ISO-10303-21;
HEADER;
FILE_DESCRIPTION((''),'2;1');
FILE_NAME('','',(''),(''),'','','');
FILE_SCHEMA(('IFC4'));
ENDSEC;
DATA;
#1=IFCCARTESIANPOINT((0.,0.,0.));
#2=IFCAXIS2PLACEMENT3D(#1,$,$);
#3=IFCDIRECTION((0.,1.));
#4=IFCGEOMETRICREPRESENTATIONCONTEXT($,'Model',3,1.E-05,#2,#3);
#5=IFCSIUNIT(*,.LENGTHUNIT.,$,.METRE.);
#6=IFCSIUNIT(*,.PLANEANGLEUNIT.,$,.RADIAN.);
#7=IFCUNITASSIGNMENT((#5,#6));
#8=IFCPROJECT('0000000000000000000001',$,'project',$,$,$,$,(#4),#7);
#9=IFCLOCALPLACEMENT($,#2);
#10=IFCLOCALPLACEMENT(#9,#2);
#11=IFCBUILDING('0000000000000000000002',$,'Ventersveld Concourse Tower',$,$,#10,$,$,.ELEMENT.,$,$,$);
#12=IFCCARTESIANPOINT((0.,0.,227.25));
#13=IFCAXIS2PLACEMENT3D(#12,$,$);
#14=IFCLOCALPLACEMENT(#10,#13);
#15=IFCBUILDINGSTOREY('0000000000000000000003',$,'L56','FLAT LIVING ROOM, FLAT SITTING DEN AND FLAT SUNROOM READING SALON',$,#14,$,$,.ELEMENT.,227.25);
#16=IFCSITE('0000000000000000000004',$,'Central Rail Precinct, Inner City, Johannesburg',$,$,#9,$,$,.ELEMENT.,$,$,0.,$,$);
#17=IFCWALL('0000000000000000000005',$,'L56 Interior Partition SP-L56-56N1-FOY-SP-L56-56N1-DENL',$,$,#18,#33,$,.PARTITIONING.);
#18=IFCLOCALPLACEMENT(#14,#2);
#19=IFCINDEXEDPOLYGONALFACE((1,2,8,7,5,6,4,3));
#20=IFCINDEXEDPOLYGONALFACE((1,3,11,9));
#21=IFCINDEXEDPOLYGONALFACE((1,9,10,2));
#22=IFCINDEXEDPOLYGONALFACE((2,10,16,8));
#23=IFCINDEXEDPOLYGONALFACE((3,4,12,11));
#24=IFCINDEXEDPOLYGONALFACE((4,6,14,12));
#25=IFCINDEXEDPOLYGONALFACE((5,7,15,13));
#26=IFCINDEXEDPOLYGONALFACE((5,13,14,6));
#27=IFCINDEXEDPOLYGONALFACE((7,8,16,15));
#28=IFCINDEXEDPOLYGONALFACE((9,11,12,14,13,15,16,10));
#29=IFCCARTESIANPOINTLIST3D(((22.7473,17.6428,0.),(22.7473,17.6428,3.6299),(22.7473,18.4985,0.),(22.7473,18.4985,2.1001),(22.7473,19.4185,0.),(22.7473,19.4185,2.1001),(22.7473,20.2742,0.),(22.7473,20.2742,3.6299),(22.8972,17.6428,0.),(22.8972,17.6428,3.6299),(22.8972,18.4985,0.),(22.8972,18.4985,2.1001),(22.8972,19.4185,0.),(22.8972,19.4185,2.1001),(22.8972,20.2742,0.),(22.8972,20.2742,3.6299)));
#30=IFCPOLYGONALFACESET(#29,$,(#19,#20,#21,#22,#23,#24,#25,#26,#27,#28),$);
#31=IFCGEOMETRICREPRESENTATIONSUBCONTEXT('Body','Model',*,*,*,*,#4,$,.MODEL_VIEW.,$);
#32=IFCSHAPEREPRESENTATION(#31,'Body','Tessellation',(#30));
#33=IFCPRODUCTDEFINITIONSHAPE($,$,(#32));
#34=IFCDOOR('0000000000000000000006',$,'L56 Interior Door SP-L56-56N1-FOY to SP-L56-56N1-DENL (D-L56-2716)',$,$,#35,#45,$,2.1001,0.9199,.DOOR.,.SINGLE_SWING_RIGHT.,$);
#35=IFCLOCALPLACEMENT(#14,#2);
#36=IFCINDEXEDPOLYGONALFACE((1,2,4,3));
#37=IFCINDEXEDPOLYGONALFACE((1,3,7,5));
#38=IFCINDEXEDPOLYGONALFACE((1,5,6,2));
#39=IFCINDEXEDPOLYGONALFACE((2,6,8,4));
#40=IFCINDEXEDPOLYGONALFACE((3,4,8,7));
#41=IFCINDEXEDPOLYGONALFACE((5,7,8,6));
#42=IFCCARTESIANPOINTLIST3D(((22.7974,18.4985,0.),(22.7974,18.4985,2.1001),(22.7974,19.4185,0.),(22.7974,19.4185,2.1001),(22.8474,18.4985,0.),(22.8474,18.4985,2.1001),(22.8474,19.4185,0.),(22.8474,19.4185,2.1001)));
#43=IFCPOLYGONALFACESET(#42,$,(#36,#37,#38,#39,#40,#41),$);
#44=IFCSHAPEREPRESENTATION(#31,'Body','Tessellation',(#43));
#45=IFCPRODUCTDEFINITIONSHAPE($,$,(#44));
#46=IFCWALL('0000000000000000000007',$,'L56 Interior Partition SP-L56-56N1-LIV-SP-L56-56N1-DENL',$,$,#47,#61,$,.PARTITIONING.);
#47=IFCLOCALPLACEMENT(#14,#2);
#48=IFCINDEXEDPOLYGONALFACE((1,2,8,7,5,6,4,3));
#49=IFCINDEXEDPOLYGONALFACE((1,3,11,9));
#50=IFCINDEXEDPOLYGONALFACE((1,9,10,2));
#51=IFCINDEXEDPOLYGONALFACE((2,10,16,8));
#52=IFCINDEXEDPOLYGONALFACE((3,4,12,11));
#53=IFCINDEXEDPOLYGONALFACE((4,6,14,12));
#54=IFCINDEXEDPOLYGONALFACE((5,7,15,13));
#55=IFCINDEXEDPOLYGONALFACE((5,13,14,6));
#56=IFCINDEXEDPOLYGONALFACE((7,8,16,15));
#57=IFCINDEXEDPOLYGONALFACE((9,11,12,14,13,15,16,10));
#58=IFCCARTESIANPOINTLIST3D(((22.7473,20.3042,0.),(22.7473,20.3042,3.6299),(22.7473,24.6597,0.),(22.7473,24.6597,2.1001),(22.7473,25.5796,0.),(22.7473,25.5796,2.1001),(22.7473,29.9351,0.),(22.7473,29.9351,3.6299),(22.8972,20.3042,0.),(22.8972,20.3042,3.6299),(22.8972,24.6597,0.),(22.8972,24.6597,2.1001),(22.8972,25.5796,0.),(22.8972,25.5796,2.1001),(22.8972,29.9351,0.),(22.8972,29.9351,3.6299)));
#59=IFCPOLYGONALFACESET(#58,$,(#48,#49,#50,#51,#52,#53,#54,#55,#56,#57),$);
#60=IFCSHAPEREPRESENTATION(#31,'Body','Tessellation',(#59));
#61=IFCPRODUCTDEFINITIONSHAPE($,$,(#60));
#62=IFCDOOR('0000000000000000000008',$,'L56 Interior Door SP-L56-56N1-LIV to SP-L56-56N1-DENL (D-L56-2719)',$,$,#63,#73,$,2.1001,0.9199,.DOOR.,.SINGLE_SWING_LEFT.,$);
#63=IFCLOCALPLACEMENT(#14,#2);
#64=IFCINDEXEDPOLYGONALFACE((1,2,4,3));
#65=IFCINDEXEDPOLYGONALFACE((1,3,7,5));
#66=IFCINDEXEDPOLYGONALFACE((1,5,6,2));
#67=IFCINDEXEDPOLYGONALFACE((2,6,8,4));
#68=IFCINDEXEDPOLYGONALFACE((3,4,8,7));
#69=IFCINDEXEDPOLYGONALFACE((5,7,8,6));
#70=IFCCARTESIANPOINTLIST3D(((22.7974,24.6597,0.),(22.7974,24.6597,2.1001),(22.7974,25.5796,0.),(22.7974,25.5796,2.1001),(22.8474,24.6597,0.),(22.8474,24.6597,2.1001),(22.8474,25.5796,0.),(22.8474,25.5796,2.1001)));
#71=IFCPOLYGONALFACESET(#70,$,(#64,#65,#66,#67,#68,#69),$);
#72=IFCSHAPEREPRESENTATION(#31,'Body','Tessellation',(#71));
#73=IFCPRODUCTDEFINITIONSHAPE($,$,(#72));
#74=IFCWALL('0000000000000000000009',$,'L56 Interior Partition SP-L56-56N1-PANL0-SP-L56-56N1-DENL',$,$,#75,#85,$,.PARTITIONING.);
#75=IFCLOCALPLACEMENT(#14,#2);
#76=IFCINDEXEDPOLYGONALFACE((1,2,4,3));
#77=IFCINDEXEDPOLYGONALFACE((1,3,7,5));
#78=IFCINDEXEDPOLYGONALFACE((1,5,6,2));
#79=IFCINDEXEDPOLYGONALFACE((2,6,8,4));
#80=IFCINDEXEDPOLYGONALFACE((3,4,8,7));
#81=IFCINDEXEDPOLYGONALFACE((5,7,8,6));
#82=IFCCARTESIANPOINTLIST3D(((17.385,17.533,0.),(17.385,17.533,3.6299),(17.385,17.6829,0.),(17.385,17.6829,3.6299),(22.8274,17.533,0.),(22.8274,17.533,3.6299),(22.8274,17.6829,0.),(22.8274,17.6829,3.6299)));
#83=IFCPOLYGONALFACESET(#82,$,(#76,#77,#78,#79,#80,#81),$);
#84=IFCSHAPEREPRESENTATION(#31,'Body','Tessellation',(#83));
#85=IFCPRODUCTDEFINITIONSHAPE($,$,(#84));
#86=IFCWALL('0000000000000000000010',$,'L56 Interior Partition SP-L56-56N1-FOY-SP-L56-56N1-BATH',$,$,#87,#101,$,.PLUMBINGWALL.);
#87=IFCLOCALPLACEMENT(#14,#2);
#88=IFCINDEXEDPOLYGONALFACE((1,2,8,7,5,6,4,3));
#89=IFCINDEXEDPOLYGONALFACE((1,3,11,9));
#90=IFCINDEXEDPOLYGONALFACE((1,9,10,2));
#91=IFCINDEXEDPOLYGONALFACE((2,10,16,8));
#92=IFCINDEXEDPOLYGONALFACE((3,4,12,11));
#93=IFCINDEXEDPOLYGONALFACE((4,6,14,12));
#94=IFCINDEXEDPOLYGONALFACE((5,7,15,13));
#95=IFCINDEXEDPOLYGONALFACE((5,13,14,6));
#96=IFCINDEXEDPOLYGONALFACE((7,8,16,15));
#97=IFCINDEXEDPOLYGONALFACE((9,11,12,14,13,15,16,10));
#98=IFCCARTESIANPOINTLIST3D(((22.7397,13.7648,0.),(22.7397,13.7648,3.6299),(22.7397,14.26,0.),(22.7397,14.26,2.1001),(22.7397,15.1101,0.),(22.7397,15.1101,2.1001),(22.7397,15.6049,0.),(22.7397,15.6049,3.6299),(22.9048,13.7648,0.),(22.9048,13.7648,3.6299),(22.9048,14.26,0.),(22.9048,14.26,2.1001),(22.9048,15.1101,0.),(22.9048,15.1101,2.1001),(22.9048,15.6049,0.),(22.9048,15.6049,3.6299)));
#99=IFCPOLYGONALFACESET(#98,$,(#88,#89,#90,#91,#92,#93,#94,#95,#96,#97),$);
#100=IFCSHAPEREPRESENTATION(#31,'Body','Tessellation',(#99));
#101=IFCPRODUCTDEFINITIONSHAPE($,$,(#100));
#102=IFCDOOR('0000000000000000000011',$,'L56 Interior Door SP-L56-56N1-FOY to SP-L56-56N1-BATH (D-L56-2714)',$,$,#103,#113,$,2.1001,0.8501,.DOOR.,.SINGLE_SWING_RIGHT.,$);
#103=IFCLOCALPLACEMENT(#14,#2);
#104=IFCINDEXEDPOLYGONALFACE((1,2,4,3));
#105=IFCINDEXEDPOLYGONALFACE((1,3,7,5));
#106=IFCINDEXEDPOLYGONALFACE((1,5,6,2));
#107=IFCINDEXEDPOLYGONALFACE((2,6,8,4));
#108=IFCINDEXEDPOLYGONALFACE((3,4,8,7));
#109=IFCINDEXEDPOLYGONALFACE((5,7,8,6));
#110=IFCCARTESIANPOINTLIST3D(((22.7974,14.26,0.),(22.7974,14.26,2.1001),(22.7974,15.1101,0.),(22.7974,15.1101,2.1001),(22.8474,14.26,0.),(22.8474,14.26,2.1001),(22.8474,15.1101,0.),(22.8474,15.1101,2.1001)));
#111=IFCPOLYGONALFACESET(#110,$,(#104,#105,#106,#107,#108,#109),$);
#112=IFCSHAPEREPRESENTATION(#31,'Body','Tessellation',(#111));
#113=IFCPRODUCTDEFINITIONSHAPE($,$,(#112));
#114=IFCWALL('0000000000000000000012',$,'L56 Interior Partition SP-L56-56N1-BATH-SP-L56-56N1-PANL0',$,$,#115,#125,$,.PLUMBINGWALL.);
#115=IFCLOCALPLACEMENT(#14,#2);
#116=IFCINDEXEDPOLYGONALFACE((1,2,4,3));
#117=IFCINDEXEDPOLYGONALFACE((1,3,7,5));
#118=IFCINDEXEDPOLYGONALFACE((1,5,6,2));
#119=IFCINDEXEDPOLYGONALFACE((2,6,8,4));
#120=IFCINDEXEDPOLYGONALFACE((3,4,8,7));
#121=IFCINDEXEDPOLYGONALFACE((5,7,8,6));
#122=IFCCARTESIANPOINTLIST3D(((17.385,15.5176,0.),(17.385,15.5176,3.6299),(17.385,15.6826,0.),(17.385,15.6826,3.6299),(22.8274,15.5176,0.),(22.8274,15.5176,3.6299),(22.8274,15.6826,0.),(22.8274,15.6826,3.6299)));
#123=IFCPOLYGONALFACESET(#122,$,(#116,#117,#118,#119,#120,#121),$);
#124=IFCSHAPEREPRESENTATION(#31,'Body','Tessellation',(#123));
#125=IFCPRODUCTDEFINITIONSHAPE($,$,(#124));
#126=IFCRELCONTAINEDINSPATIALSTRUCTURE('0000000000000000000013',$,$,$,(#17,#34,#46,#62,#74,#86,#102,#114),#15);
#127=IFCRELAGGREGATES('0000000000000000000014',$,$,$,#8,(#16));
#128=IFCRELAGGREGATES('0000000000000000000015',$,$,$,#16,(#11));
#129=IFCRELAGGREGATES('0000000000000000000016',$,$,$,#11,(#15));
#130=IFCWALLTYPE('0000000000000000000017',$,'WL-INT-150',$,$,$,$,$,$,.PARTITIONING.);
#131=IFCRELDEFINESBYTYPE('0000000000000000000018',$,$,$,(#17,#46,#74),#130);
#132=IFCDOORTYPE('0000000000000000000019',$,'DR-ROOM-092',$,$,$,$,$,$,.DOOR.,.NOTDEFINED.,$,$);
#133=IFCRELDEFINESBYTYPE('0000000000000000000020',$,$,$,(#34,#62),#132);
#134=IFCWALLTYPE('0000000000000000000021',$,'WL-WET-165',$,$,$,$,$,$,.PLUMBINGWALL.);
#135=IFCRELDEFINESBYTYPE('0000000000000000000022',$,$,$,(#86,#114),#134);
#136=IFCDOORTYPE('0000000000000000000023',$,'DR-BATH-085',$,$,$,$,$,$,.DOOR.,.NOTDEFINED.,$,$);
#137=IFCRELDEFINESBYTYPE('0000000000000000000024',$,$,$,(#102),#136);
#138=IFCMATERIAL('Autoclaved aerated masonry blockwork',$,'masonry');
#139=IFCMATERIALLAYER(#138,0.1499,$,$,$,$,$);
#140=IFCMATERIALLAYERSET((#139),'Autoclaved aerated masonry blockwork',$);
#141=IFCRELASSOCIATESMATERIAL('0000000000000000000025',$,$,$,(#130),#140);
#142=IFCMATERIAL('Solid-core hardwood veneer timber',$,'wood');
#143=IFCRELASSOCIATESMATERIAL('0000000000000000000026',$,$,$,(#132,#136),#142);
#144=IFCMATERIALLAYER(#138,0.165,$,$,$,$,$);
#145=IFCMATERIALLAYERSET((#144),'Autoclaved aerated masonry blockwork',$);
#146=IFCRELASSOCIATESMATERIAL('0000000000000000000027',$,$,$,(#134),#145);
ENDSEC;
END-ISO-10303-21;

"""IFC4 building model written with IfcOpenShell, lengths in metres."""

from ifc_helpers import new_model, si_unit, direction, frame, frame_2d, origin, place, context, subcontext, project, spatial, rectangle, extrude, material, layer, layer_set, type_object, element, fill, save


model = new_model("IFC4")

# Units and contexts
model_context = context("Model", 3, precision=1e-05, world=origin(), true_north=direction((0.0, 1.0)))
body_context = subcontext(model_context, "Body", "Model", "MODEL_VIEW")
ifc_project = project(units=[si_unit("LENGTHUNIT", "METRE"), si_unit("PLANEANGLEUNIT", "RADIAN")], contexts=[model_context])

# Site, building, storey
site_placement = place(None, origin())
site = spatial("IfcSite", under=ifc_project, at=site_placement, Name="Central Rail Precinct, Inner City, Johannesburg", CompositionType="ELEMENT", RefElevation=0.0)
building_placement = place(site_placement, origin())
building = spatial("IfcBuilding", under=site, at=building_placement, Name="Ventersveld Concourse Tower", CompositionType="ELEMENT")
storey_placement = place(building_placement, frame((0.0, 0.0, 227.25)))
storey = spatial("IfcBuildingStorey", under=building, at=storey_placement, Name="L56", Description="FLAT LIVING ROOM, FLAT SITTING DEN AND FLAT SUNROOM READING SALON", CompositionType="ELEMENT", Elevation=227.25)

# Shared definitions
ifc_material_1 = material(Name="Solid-core hardwood veneer timber", Category="wood")

# Walls, openings, doors
ifc_material_2 = material(Name="Autoclaved aerated masonry blockwork", Category="masonry")
ifc_layer_1 = layer(ifc_material_2, 0.1499)
ifc_layer_set_1 = layer_set([ifc_layer_1], Name="Autoclaved aerated masonry blockwork")
wall_type_1 = type_object("IfcWallType", Name="WL-INT-150", PredefinedType="PARTITIONING", material=ifc_layer_set_1)
door_type_1 = type_object("IfcDoorType", Name="DR-ROOM-092", OperationType="NOTDEFINED", PredefinedType="DOOR", material=ifc_material_1)
wall_1_placement = place(storey_placement, frame((22.8223, 17.6428, 0.0), z_axis=(0.0, 0.0, 1.0), x_axis=(0.0, 1.0, 0.0)))
wall_1 = element("IfcWall", 1, at=wall_1_placement, inside=storey, type_object=wall_type_1, Name="L56 Interior Partition SP-L56-56N1-FOY-SP-L56-56N1-DENL", PredefinedType="PARTITIONING", context=body_context, shape_type="SweptSolid", body=[
    extrude(rectangle(XDim=2.6313, YDim=0.1499, at=frame_2d((1.3157, 0.0))), origin(), (0.0, 0.0, 1.0), 3.6299),
])
opening_1_placement = place(wall_1_placement, frame((0.8557, 0.0, 0.0)))
opening_1 = element("IfcOpeningElement", 2, at=opening_1_placement, cuts=wall_1, PredefinedType="OPENING", context=body_context, shape_type="SweptSolid", body=[
    extrude(rectangle(XDim=0.9199, YDim=2.1001, at=frame_2d((0.46, 1.05))), frame((0.0, 0.085, 0.0), z_axis=(0.0, -1.0, 0.0), x_axis=(1.0, 0.0, 0.0)), (0.0, 0.0, 1.0), 0.1699),
])
door_1_placement = place(opening_1_placement, origin())
door_1 = element("IfcDoor", 3, at=door_1_placement, inside=storey, type_object=door_type_1, Name="L56 Interior Door SP-L56-56N1-FOY to SP-L56-56N1-DENL (D-L56-2716)", OperationType="SINGLE_SWING_RIGHT", OverallHeight=2.1001, OverallWidth=0.9199, PredefinedType="DOOR", context=body_context, shape_type="SweptSolid", body=[
    extrude(rectangle(XDim=0.9199, YDim=2.1001, at=frame_2d((0.46, 1.05))), frame((0.0, 0.0249, 0.0), z_axis=(0.0, -1.0, 0.0), x_axis=(1.0, 0.0, 0.0)), (0.0, 0.0, 1.0), 0.05),
])
fill(opening_1, door_1)
wall_2_placement = place(storey_placement, frame((22.8223, 20.3042, 0.0), z_axis=(0.0, 0.0, 1.0), x_axis=(0.0, 1.0, 0.0)))
wall_2 = element("IfcWall", 4, at=wall_2_placement, inside=storey, type_object=wall_type_1, Name="L56 Interior Partition SP-L56-56N1-LIV-SP-L56-56N1-DENL", PredefinedType="PARTITIONING", context=body_context, shape_type="SweptSolid", body=[
    extrude(rectangle(XDim=9.6309, YDim=0.1499, at=frame_2d((4.8154, 0.0))), origin(), (0.0, 0.0, 1.0), 3.6299),
])
opening_2_placement = place(wall_2_placement, frame((4.3555, 0.0, 0.0)))
opening_2 = element("IfcOpeningElement", 5, at=opening_2_placement, cuts=wall_2, PredefinedType="OPENING", context=body_context, shape_type="SweptSolid", body=[
    extrude(rectangle(XDim=0.9199, YDim=2.1001, at=frame_2d((0.46, 1.05))), frame((0.0, 0.085, 0.0), z_axis=(0.0, -1.0, 0.0), x_axis=(1.0, 0.0, 0.0)), (0.0, 0.0, 1.0), 0.1699),
])
door_2_placement = place(opening_2_placement, origin())
door_2 = element("IfcDoor", 6, at=door_2_placement, inside=storey, type_object=door_type_1, Name="L56 Interior Door SP-L56-56N1-LIV to SP-L56-56N1-DENL (D-L56-2719)", OperationType="SINGLE_SWING_LEFT", OverallHeight=2.1001, OverallWidth=0.9199, PredefinedType="DOOR", context=body_context, shape_type="SweptSolid", body=[
    extrude(rectangle(XDim=0.9199, YDim=2.1001, at=frame_2d((0.46, 1.05))), frame((0.0, 0.0249, 0.0), z_axis=(0.0, -1.0, 0.0), x_axis=(1.0, 0.0, 0.0)), (0.0, 0.0, 1.0), 0.05),
])
fill(opening_2, door_2)

# Wall
wall_3_placement = place(storey_placement, frame((17.385, 17.6079, 0.0), z_axis=(0.0, 0.0, 1.0), x_axis=(1.0, 0.0, 0.0)))
element("IfcWall", 7, at=wall_3_placement, inside=storey, type_object=wall_type_1, Name="L56 Interior Partition SP-L56-56N1-PANL0-SP-L56-56N1-DENL", PredefinedType="PARTITIONING", context=body_context, shape_type="SweptSolid", body=[
    extrude(rectangle(XDim=5.4424, YDim=0.1499, at=frame_2d((2.7212, 0.0))), origin(), (0.0, 0.0, 1.0), 3.6299),
])

# Wall, opening, door
ifc_layer_2 = layer(ifc_material_2, 0.165)
ifc_layer_set_2 = layer_set([ifc_layer_2], Name="Autoclaved aerated masonry blockwork")
wall_type_2 = type_object("IfcWallType", Name="WL-WET-165", PredefinedType="PLUMBINGWALL", material=ifc_layer_set_2)
wall_4_placement = place(storey_placement, frame((22.8223, 13.7649, 0.0), z_axis=(0.0, 0.0, 1.0), x_axis=(0.0, 1.0, 0.0)))
wall_4 = element("IfcWall", 8, at=wall_4_placement, inside=storey, type_object=wall_type_2, Name="L56 Interior Partition SP-L56-56N1-FOY-SP-L56-56N1-BATH", PredefinedType="PLUMBINGWALL", context=body_context, shape_type="SweptSolid", body=[
    extrude(rectangle(XDim=1.8401, YDim=0.165, at=frame_2d((0.9199, 0.0))), origin(), (0.0, 0.0, 1.0), 3.6299),
])
opening_3_placement = place(wall_4_placement, frame((0.4951, 0.0, 0.0)))
opening_3 = element("IfcOpeningElement", 9, at=opening_3_placement, cuts=wall_4, PredefinedType="OPENING", context=body_context, shape_type="SweptSolid", body=[
    extrude(rectangle(XDim=0.8501, YDim=2.1001, at=frame_2d((0.425, 1.05))), frame((0.0, 0.0925, 0.0), z_axis=(0.0, -1.0, 0.0), x_axis=(1.0, 0.0, 0.0)), (0.0, 0.0, 1.0), 0.1851),
])
door_type_2 = type_object("IfcDoorType", Name="DR-BATH-085", OperationType="NOTDEFINED", PredefinedType="DOOR", material=ifc_material_1)
door_3_placement = place(opening_3_placement, origin())
door_3 = element("IfcDoor", 10, at=door_3_placement, inside=storey, type_object=door_type_2, Name="L56 Interior Door SP-L56-56N1-FOY to SP-L56-56N1-BATH (D-L56-2714)", OperationType="SINGLE_SWING_RIGHT", OverallHeight=2.1001, OverallWidth=0.8501, PredefinedType="DOOR", context=body_context, shape_type="SweptSolid", body=[
    extrude(rectangle(XDim=0.8501, YDim=2.1001, at=frame_2d((0.425, 1.05))), frame((0.0, 0.0249, 0.0), z_axis=(0.0, -1.0, 0.0), x_axis=(1.0, 0.0, 0.0)), (0.0, 0.0, 1.0), 0.05),
])
fill(opening_3, door_3)

# Wall
wall_5_placement = place(storey_placement, frame((17.385, 15.6001, 0.0), z_axis=(0.0, 0.0, 1.0), x_axis=(1.0, 0.0, 0.0)))
element("IfcWall", 11, at=wall_5_placement, inside=storey, type_object=wall_type_2, Name="L56 Interior Partition SP-L56-56N1-BATH-SP-L56-56N1-PANL0", PredefinedType="PLUMBINGWALL", context=body_context, shape_type="SweptSolid", body=[
    extrude(rectangle(XDim=5.4424, YDim=0.165, at=frame_2d((2.7212, 0.0))), origin(), (0.0, 0.0, 1.0), 3.6299),
])

save(model, "model.ifc")
